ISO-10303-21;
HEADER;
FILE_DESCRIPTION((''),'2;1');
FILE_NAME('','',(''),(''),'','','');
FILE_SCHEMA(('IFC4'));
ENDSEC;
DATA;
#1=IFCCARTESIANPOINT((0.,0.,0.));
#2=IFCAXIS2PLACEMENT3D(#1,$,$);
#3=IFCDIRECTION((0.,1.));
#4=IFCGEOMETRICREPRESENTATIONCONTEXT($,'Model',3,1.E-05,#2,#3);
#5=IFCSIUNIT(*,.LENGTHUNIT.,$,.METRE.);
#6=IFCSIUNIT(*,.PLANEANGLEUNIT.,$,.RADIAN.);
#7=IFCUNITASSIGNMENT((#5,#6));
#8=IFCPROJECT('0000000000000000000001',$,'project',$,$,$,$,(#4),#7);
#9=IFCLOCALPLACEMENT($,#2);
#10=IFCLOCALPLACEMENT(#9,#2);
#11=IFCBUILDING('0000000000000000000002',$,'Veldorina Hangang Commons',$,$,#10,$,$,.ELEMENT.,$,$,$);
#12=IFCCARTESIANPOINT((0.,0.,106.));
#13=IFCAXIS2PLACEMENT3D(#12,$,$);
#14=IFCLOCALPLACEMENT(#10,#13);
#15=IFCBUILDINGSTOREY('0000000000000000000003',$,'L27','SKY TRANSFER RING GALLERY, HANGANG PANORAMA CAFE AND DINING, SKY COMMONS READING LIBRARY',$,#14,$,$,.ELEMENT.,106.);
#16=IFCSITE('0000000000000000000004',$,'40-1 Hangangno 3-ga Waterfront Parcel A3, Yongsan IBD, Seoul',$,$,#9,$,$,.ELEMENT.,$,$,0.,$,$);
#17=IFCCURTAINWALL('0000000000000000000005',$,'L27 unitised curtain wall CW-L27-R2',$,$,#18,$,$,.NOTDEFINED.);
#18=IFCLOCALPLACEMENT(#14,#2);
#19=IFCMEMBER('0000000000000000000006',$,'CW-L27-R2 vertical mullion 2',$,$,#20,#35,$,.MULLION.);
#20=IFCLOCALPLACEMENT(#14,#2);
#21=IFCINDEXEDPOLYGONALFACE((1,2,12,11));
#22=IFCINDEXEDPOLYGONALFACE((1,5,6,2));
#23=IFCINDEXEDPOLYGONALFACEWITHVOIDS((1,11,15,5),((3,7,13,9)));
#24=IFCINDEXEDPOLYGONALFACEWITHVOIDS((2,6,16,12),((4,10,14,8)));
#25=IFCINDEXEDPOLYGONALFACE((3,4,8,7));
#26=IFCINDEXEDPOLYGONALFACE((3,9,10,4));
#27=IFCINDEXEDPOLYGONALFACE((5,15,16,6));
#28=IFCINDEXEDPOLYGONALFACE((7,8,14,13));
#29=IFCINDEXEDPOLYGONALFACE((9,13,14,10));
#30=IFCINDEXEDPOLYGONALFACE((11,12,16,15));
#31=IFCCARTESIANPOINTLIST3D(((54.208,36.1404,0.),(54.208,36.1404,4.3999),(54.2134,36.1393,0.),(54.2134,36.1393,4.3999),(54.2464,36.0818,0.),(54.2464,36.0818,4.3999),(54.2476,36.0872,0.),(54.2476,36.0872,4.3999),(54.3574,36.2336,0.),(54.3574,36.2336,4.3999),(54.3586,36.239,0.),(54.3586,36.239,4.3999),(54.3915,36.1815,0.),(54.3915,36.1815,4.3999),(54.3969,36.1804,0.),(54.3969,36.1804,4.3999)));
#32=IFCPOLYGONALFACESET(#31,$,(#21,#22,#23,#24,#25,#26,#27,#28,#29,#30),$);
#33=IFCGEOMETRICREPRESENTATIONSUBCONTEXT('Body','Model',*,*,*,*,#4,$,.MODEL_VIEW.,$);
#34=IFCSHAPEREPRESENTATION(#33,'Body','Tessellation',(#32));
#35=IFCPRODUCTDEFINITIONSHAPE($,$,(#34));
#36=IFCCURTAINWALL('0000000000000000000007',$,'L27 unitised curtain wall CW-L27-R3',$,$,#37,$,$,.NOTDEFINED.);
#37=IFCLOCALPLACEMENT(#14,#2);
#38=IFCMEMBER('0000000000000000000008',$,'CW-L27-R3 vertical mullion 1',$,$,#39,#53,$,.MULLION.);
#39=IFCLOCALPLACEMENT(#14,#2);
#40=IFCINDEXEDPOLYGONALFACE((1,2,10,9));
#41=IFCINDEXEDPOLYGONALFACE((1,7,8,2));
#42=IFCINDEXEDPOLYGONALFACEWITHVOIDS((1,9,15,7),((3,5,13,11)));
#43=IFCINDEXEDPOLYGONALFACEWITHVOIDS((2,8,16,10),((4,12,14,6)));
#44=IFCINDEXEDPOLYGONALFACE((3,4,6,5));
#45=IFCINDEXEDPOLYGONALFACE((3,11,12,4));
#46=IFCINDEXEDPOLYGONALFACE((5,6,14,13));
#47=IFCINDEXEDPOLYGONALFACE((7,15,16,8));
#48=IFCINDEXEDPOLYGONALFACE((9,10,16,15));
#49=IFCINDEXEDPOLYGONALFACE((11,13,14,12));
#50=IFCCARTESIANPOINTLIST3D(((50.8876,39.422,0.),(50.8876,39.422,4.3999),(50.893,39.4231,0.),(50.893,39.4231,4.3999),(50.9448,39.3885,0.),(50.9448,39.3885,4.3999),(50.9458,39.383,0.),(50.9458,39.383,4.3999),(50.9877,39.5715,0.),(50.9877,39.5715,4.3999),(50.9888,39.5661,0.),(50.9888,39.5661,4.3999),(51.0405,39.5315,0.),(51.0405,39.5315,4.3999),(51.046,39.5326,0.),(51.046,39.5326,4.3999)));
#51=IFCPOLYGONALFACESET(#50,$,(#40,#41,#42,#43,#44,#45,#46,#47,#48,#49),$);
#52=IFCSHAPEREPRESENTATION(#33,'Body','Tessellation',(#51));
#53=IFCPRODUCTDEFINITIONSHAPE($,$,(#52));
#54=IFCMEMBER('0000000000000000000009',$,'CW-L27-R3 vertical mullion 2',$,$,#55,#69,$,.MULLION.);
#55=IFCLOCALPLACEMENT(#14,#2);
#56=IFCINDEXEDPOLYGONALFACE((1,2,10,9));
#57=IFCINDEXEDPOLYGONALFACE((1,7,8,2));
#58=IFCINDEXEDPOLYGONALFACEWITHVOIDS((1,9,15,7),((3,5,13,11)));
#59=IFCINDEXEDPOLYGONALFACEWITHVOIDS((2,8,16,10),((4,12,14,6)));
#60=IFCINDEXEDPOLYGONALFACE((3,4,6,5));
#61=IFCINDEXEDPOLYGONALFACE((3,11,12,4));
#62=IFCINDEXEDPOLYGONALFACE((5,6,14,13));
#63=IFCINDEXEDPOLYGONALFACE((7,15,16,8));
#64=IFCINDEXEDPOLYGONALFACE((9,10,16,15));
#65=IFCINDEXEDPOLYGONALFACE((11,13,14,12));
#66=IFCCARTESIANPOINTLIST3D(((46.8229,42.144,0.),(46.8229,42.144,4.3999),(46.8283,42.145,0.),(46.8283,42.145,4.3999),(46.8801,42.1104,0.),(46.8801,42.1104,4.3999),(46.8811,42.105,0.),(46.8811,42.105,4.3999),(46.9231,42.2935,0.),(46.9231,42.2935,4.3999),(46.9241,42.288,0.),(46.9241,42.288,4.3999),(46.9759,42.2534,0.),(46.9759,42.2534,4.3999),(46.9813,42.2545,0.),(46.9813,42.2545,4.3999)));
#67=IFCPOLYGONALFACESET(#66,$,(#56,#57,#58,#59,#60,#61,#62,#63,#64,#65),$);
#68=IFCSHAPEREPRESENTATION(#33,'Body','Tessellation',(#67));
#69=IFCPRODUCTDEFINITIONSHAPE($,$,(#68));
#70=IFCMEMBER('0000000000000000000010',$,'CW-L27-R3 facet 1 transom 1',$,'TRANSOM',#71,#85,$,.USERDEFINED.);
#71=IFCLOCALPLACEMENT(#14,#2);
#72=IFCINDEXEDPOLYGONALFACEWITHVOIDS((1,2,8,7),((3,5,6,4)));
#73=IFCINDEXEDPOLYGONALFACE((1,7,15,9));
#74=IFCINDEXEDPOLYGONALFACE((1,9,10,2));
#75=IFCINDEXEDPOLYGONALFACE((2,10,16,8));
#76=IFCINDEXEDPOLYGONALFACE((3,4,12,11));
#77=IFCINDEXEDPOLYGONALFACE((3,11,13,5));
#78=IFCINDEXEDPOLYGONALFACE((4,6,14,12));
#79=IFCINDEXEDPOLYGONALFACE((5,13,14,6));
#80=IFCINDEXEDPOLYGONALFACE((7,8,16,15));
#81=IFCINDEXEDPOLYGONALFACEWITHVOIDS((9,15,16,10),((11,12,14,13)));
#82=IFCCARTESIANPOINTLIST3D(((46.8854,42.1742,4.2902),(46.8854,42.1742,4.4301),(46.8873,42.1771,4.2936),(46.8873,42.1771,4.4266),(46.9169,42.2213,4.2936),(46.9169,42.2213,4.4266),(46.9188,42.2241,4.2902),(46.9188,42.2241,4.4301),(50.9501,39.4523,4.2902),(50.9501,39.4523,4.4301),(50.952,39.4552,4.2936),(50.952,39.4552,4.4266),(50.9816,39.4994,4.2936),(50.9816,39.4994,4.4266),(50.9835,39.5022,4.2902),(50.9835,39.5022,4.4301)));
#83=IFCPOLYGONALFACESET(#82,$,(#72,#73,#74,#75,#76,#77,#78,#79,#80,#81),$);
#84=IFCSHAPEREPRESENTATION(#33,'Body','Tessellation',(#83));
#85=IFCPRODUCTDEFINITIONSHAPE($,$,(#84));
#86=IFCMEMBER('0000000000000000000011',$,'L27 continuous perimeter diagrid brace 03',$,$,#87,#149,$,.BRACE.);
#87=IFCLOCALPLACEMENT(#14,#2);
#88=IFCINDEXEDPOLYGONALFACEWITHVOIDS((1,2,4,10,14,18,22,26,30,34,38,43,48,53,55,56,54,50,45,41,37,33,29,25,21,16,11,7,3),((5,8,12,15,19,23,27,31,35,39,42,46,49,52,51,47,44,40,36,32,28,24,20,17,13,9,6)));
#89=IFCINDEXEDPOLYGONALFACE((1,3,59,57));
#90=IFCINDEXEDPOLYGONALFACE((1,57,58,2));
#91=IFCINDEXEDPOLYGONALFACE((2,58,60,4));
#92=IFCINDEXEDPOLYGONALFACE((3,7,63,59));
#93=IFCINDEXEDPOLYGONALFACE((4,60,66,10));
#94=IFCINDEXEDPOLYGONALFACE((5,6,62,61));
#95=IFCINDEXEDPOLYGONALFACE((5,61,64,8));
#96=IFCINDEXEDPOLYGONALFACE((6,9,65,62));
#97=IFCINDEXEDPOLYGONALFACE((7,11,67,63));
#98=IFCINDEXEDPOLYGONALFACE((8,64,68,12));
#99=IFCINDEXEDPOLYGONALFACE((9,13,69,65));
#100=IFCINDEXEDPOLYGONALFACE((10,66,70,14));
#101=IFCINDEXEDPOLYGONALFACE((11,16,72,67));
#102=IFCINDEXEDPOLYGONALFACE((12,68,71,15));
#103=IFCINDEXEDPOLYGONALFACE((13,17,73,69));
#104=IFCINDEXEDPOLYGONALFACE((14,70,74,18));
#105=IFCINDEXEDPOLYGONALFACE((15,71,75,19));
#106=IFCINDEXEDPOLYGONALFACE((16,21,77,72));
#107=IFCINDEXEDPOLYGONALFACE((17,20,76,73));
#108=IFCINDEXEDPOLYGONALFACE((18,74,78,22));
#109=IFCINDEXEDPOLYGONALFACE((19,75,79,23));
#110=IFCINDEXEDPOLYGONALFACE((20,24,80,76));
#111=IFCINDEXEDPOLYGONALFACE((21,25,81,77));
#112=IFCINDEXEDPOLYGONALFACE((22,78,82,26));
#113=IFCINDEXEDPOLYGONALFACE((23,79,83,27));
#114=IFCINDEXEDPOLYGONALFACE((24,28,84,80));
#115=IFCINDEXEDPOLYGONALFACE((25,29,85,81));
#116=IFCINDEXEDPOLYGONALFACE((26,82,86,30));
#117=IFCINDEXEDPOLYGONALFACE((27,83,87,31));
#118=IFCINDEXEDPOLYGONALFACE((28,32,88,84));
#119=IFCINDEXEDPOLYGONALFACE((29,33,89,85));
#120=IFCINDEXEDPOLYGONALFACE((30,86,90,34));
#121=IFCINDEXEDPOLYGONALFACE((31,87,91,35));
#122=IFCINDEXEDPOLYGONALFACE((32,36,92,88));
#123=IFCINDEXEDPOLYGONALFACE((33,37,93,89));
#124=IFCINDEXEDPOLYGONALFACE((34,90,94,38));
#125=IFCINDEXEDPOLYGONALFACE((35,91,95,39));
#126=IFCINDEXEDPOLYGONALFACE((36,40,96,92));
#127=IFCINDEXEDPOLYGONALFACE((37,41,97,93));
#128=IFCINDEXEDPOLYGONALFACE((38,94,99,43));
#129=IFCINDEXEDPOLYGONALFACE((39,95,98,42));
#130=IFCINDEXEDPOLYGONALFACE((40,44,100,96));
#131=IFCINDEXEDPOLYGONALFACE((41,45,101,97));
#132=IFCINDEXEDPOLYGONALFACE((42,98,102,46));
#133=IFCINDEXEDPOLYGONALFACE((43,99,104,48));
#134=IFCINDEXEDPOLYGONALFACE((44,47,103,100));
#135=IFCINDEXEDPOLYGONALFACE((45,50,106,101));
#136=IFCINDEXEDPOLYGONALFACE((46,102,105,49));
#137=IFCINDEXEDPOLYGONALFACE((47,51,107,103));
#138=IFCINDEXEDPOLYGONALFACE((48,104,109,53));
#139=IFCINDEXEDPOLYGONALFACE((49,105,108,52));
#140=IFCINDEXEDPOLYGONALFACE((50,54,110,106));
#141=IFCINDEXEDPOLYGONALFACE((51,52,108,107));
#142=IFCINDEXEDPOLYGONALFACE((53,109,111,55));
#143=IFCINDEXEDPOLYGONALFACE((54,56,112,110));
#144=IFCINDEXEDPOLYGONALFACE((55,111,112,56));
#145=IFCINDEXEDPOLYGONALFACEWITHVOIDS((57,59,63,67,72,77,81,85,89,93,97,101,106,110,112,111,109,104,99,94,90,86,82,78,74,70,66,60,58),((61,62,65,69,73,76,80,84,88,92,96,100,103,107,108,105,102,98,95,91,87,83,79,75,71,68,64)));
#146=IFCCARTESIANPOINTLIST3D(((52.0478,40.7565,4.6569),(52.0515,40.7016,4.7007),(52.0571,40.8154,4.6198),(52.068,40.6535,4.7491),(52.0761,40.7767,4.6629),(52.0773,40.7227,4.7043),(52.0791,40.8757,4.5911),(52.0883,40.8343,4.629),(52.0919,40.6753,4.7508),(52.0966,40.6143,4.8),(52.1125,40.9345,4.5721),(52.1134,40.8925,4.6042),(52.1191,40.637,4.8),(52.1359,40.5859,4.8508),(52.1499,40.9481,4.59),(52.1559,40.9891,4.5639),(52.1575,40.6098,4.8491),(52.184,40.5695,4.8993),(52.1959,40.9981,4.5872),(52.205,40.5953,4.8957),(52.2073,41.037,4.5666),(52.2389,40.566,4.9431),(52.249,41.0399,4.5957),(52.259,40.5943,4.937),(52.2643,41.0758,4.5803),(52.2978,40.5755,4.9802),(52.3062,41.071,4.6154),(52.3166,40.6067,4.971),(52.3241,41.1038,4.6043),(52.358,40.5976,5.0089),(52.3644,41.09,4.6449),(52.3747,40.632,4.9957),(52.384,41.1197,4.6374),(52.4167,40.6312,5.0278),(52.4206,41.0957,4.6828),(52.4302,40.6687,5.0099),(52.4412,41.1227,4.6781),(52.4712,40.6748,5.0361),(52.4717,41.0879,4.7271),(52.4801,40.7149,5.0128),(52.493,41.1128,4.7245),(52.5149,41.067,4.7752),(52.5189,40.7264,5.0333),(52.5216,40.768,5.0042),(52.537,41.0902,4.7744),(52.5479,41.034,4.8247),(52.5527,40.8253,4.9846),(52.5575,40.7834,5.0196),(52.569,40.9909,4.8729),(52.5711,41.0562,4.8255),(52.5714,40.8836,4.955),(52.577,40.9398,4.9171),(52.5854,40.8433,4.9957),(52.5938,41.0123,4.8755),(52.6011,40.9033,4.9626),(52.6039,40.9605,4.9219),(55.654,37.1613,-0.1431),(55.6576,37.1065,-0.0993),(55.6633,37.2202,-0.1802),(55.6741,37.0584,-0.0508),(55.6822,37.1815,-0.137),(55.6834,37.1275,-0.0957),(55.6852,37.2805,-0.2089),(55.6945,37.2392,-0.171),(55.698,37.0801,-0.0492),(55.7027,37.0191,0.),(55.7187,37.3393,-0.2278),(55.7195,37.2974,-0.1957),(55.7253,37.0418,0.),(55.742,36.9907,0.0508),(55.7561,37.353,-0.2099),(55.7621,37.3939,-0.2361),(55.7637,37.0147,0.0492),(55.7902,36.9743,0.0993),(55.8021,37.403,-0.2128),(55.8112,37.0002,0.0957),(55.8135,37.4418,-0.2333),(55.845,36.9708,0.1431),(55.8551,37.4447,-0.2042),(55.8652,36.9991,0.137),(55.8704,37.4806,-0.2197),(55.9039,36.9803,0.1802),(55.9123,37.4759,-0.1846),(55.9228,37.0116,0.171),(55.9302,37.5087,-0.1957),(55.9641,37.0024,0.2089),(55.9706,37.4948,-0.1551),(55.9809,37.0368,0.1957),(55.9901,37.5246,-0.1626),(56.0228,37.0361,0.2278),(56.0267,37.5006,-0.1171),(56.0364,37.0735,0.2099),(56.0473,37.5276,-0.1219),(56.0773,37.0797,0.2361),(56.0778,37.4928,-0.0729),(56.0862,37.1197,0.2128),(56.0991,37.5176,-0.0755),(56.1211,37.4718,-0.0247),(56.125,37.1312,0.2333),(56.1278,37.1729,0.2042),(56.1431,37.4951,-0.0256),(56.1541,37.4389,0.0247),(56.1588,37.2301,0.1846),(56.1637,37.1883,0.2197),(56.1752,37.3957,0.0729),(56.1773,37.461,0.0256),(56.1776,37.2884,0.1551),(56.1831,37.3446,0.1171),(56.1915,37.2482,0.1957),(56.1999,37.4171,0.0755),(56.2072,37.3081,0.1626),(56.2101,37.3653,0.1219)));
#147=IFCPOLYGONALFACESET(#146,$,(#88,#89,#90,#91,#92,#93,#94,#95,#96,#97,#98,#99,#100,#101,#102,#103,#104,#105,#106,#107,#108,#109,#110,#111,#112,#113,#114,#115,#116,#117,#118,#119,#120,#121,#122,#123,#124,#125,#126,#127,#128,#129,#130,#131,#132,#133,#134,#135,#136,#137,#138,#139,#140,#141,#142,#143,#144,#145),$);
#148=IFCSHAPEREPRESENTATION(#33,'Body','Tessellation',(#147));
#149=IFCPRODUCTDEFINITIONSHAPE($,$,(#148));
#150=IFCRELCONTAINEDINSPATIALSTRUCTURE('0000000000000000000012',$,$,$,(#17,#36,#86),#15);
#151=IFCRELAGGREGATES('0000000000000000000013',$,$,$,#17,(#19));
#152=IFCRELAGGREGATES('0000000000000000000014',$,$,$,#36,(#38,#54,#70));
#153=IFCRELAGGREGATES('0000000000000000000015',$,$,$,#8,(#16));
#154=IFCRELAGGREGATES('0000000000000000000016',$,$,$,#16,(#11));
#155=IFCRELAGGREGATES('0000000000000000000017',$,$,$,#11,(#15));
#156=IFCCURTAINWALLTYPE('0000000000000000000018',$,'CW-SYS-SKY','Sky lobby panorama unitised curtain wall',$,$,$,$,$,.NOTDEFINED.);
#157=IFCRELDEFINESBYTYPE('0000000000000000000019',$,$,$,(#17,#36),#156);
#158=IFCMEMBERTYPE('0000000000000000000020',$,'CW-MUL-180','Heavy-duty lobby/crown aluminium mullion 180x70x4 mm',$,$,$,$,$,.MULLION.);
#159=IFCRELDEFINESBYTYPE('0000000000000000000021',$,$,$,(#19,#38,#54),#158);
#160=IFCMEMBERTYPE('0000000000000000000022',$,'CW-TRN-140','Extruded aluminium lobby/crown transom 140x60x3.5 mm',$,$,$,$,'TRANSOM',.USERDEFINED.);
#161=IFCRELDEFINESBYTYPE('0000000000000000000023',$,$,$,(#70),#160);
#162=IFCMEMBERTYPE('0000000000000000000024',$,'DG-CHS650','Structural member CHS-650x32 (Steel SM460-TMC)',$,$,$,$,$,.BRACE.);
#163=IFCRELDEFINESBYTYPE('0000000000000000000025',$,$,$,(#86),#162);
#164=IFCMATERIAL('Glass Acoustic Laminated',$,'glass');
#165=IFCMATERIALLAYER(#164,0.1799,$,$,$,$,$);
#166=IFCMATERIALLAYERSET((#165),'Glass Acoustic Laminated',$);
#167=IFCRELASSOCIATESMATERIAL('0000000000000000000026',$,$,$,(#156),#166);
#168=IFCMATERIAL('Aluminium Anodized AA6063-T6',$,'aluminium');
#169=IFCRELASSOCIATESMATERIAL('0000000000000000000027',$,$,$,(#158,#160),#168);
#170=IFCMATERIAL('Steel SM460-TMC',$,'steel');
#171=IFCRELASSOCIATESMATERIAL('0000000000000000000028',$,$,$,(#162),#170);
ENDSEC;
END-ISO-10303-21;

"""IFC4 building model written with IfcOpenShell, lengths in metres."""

from ifc_helpers import new_model, si_unit, direction, frame, origin, origin_2d, place, context, subcontext, project, spatial, hollow_rectangle, hollow_circle, extrude, material, layer, layer_set, material_profile, profile_set, type_object, element, aggregate, save


model = new_model("IFC4")

# Units and contexts
model_context = context("Model", 3, precision=1e-05, world=origin(), true_north=direction((0.0, 1.0)))
body_context = subcontext(model_context, "Body", "Model", "MODEL_VIEW")
ifc_project = project(units=[si_unit("LENGTHUNIT", "METRE"), si_unit("PLANEANGLEUNIT", "RADIAN")], contexts=[model_context])

# Site, building, storey
site_placement = place(None, origin())
site = spatial("IfcSite", under=ifc_project, at=site_placement, Name="40-1 Hangangno 3-ga Waterfront Parcel A3, Yongsan IBD, Seoul", CompositionType="ELEMENT", RefElevation=0.0)
building_placement = place(site_placement, origin())
building = spatial("IfcBuilding", under=site, at=building_placement, Name="Veldorina Hangang Commons", CompositionType="ELEMENT")
storey_placement = place(building_placement, frame((0.0, 0.0, 106.0)))
storey = spatial("IfcBuildingStorey", under=building, at=storey_placement, Name="L27", Description="SKY TRANSFER RING GALLERY, HANGANG PANORAMA CAFE AND DINING, SKY COMMONS READING LIBRARY", CompositionType="ELEMENT", Elevation=106.0)

# Curtain wall, member
ifc_material_1 = material(Name="Glass Acoustic Laminated", Category="glass")
ifc_layer_1 = layer(ifc_material_1, 0.1799)
ifc_layer_set_1 = layer_set([ifc_layer_1], Name="Glass Acoustic Laminated")
curtain_wall_type = type_object("IfcCurtainWallType", Name="CW-SYS-SKY", Description="Sky lobby panorama unitised curtain wall", PredefinedType="NOTDEFINED", material=ifc_layer_set_1)
curtain_wall_1_placement = place(storey_placement, origin())
curtain_wall_1 = element("IfcCurtainWall", 1, at=curtain_wall_1_placement, inside=storey, type_object=curtain_wall_type, Name="L27 unitised curtain wall CW-L27-R2", PredefinedType="NOTDEFINED")
ifc_material_2 = material(Name="Aluminium Anodized AA6063-T6", Category="aluminium")
ifc_material_profile_1 = material_profile(ifc_material_2, hollow_rectangle(XDim=0.0701, YDim=0.1799, WallThickness=0.0039, at=origin_2d()), Name="ALU-RHS-180x70x4")
ifc_profile_set_1 = profile_set([ifc_material_profile_1], Name="Aluminium Anodized AA6063-T6")
member_type_1 = type_object("IfcMemberType", Name="CW-MUL-180", Description="Heavy-duty lobby/crown aluminium mullion 180x70x4 mm", PredefinedType="MULLION", material=ifc_profile_set_1)
member_1_placement = place(storey_placement, frame((54.3025, 36.1604, 0.0), z_axis=(0.0, 0.0, 1.0), x_axis=(0.547928, -0.836525, 0.0)))
member_1 = element("IfcMember", 2, at=member_1_placement, type_object=member_type_1, Name="CW-L27-R2 vertical mullion 2", PredefinedType="MULLION", context=body_context, shape_type="SweptSolid", body=[
    extrude(hollow_rectangle(XDim=0.0701, YDim=0.1799, WallThickness=0.0039, at=origin_2d()), origin(), (0.0, 0.0, 1.0), 4.3999),
])

# Curtain wall, members
curtain_wall_2_placement = place(storey_placement, origin())
curtain_wall_2 = element("IfcCurtainWall", 3, at=curtain_wall_2_placement, inside=storey, type_object=curtain_wall_type, Name="L27 unitised curtain wall CW-L27-R3", PredefinedType="NOTDEFINED")
member_2_placement = place(storey_placement, frame((50.9668, 39.4773, 0.0), z_axis=(0.0, 0.0, 1.0), x_axis=(-0.830887, 0.556441, 0.0)))
member_2 = element("IfcMember", 4, at=member_2_placement, type_object=member_type_1, Name="CW-L27-R3 vertical mullion 1", PredefinedType="MULLION", context=body_context, shape_type="SweptSolid", body=[
    extrude(hollow_rectangle(XDim=0.0701, YDim=0.1799, WallThickness=0.0039, at=origin_2d()), origin(), (0.0, 0.0, 1.0), 4.3999),
])
member_3_placement = place(storey_placement, frame((46.9021, 42.1992, 0.0), z_axis=(0.0, 0.0, 1.0), x_axis=(0.830887, -0.556441, 0.0)))
member_3 = element("IfcMember", 5, at=member_3_placement, type_object=member_type_1, Name="CW-L27-R3 vertical mullion 2", PredefinedType="MULLION", context=body_context, shape_type="SweptSolid", body=[
    extrude(hollow_rectangle(XDim=0.0701, YDim=0.1799, WallThickness=0.0039, at=origin_2d()), origin(), (0.0, 0.0, 1.0), 4.3999),
])
ifc_material_profile_2 = material_profile(ifc_material_2, hollow_rectangle(XDim=0.0601, YDim=0.1399, WallThickness=0.0034, at=origin_2d()), Name="ALU-RHS-140x60x3.5")
ifc_profile_set_2 = profile_set([ifc_material_profile_2], Name="Aluminium Anodized AA6063-T6")
member_type_2 = type_object("IfcMemberType", Name="CW-TRN-140", Description="Extruded aluminium lobby/crown transom 140x60x3.5 mm", ElementType="TRANSOM", PredefinedType="USERDEFINED", material=ifc_profile_set_2)
member_4_placement = place(storey_placement, frame((50.9668, 39.4773, 4.3601), z_axis=(-0.830904, 0.556415, 0.0), x_axis=(-0.556415, -0.830904, 0.0)))
member_4 = element("IfcMember", 6, at=member_4_placement, type_object=member_type_2, Name="CW-L27-R3 facet 1 transom 1", ObjectType="TRANSOM", PredefinedType="USERDEFINED", context=body_context, shape_type="SweptSolid", body=[
    extrude(hollow_rectangle(XDim=0.0601, YDim=0.1399, WallThickness=0.0034, at=origin_2d()), origin(), (0.0, 0.0, 1.0), 4.8918),
])

# Member
ifc_material_3 = material(Name="Steel SM460-TMC", Category="steel")
ifc_material_profile_3 = material_profile(ifc_material_3, hollow_circle(Radius=0.325, WallThickness=0.032, at=origin_2d()), Name="CHS-650x32")
ifc_profile_set_3 = profile_set([ifc_material_profile_3], Name="Steel SM460-TMC")
member_type_3 = type_object("IfcMemberType", Name="DG-CHS650", Description="Structural member CHS-650x32 (Steel SM460-TMC)", PredefinedType="BRACE", material=ifc_profile_set_3)
member_5_placement = place(storey_placement, frame((55.9321, 37.2493, 0.0), z_axis=(-0.515326, 0.513756, 0.685926), x_axis=(-0.706027, -0.708185, 0.0)))
element("IfcMember", 7, at=member_5_placement, inside=storey, type_object=member_type_3, Name="L27 continuous perimeter diagrid brace 03", PredefinedType="BRACE", context=body_context, shape_type="SweptSolid", body=[
    extrude(hollow_circle(Radius=0.325, WallThickness=0.032, at=origin_2d()), origin(), (0.0, 0.0, 1.0), 6.9978),
])

aggregate(curtain_wall_1, [member_1])
aggregate(curtain_wall_2, [member_2, member_3, member_4])

save(model, "model.ifc")
